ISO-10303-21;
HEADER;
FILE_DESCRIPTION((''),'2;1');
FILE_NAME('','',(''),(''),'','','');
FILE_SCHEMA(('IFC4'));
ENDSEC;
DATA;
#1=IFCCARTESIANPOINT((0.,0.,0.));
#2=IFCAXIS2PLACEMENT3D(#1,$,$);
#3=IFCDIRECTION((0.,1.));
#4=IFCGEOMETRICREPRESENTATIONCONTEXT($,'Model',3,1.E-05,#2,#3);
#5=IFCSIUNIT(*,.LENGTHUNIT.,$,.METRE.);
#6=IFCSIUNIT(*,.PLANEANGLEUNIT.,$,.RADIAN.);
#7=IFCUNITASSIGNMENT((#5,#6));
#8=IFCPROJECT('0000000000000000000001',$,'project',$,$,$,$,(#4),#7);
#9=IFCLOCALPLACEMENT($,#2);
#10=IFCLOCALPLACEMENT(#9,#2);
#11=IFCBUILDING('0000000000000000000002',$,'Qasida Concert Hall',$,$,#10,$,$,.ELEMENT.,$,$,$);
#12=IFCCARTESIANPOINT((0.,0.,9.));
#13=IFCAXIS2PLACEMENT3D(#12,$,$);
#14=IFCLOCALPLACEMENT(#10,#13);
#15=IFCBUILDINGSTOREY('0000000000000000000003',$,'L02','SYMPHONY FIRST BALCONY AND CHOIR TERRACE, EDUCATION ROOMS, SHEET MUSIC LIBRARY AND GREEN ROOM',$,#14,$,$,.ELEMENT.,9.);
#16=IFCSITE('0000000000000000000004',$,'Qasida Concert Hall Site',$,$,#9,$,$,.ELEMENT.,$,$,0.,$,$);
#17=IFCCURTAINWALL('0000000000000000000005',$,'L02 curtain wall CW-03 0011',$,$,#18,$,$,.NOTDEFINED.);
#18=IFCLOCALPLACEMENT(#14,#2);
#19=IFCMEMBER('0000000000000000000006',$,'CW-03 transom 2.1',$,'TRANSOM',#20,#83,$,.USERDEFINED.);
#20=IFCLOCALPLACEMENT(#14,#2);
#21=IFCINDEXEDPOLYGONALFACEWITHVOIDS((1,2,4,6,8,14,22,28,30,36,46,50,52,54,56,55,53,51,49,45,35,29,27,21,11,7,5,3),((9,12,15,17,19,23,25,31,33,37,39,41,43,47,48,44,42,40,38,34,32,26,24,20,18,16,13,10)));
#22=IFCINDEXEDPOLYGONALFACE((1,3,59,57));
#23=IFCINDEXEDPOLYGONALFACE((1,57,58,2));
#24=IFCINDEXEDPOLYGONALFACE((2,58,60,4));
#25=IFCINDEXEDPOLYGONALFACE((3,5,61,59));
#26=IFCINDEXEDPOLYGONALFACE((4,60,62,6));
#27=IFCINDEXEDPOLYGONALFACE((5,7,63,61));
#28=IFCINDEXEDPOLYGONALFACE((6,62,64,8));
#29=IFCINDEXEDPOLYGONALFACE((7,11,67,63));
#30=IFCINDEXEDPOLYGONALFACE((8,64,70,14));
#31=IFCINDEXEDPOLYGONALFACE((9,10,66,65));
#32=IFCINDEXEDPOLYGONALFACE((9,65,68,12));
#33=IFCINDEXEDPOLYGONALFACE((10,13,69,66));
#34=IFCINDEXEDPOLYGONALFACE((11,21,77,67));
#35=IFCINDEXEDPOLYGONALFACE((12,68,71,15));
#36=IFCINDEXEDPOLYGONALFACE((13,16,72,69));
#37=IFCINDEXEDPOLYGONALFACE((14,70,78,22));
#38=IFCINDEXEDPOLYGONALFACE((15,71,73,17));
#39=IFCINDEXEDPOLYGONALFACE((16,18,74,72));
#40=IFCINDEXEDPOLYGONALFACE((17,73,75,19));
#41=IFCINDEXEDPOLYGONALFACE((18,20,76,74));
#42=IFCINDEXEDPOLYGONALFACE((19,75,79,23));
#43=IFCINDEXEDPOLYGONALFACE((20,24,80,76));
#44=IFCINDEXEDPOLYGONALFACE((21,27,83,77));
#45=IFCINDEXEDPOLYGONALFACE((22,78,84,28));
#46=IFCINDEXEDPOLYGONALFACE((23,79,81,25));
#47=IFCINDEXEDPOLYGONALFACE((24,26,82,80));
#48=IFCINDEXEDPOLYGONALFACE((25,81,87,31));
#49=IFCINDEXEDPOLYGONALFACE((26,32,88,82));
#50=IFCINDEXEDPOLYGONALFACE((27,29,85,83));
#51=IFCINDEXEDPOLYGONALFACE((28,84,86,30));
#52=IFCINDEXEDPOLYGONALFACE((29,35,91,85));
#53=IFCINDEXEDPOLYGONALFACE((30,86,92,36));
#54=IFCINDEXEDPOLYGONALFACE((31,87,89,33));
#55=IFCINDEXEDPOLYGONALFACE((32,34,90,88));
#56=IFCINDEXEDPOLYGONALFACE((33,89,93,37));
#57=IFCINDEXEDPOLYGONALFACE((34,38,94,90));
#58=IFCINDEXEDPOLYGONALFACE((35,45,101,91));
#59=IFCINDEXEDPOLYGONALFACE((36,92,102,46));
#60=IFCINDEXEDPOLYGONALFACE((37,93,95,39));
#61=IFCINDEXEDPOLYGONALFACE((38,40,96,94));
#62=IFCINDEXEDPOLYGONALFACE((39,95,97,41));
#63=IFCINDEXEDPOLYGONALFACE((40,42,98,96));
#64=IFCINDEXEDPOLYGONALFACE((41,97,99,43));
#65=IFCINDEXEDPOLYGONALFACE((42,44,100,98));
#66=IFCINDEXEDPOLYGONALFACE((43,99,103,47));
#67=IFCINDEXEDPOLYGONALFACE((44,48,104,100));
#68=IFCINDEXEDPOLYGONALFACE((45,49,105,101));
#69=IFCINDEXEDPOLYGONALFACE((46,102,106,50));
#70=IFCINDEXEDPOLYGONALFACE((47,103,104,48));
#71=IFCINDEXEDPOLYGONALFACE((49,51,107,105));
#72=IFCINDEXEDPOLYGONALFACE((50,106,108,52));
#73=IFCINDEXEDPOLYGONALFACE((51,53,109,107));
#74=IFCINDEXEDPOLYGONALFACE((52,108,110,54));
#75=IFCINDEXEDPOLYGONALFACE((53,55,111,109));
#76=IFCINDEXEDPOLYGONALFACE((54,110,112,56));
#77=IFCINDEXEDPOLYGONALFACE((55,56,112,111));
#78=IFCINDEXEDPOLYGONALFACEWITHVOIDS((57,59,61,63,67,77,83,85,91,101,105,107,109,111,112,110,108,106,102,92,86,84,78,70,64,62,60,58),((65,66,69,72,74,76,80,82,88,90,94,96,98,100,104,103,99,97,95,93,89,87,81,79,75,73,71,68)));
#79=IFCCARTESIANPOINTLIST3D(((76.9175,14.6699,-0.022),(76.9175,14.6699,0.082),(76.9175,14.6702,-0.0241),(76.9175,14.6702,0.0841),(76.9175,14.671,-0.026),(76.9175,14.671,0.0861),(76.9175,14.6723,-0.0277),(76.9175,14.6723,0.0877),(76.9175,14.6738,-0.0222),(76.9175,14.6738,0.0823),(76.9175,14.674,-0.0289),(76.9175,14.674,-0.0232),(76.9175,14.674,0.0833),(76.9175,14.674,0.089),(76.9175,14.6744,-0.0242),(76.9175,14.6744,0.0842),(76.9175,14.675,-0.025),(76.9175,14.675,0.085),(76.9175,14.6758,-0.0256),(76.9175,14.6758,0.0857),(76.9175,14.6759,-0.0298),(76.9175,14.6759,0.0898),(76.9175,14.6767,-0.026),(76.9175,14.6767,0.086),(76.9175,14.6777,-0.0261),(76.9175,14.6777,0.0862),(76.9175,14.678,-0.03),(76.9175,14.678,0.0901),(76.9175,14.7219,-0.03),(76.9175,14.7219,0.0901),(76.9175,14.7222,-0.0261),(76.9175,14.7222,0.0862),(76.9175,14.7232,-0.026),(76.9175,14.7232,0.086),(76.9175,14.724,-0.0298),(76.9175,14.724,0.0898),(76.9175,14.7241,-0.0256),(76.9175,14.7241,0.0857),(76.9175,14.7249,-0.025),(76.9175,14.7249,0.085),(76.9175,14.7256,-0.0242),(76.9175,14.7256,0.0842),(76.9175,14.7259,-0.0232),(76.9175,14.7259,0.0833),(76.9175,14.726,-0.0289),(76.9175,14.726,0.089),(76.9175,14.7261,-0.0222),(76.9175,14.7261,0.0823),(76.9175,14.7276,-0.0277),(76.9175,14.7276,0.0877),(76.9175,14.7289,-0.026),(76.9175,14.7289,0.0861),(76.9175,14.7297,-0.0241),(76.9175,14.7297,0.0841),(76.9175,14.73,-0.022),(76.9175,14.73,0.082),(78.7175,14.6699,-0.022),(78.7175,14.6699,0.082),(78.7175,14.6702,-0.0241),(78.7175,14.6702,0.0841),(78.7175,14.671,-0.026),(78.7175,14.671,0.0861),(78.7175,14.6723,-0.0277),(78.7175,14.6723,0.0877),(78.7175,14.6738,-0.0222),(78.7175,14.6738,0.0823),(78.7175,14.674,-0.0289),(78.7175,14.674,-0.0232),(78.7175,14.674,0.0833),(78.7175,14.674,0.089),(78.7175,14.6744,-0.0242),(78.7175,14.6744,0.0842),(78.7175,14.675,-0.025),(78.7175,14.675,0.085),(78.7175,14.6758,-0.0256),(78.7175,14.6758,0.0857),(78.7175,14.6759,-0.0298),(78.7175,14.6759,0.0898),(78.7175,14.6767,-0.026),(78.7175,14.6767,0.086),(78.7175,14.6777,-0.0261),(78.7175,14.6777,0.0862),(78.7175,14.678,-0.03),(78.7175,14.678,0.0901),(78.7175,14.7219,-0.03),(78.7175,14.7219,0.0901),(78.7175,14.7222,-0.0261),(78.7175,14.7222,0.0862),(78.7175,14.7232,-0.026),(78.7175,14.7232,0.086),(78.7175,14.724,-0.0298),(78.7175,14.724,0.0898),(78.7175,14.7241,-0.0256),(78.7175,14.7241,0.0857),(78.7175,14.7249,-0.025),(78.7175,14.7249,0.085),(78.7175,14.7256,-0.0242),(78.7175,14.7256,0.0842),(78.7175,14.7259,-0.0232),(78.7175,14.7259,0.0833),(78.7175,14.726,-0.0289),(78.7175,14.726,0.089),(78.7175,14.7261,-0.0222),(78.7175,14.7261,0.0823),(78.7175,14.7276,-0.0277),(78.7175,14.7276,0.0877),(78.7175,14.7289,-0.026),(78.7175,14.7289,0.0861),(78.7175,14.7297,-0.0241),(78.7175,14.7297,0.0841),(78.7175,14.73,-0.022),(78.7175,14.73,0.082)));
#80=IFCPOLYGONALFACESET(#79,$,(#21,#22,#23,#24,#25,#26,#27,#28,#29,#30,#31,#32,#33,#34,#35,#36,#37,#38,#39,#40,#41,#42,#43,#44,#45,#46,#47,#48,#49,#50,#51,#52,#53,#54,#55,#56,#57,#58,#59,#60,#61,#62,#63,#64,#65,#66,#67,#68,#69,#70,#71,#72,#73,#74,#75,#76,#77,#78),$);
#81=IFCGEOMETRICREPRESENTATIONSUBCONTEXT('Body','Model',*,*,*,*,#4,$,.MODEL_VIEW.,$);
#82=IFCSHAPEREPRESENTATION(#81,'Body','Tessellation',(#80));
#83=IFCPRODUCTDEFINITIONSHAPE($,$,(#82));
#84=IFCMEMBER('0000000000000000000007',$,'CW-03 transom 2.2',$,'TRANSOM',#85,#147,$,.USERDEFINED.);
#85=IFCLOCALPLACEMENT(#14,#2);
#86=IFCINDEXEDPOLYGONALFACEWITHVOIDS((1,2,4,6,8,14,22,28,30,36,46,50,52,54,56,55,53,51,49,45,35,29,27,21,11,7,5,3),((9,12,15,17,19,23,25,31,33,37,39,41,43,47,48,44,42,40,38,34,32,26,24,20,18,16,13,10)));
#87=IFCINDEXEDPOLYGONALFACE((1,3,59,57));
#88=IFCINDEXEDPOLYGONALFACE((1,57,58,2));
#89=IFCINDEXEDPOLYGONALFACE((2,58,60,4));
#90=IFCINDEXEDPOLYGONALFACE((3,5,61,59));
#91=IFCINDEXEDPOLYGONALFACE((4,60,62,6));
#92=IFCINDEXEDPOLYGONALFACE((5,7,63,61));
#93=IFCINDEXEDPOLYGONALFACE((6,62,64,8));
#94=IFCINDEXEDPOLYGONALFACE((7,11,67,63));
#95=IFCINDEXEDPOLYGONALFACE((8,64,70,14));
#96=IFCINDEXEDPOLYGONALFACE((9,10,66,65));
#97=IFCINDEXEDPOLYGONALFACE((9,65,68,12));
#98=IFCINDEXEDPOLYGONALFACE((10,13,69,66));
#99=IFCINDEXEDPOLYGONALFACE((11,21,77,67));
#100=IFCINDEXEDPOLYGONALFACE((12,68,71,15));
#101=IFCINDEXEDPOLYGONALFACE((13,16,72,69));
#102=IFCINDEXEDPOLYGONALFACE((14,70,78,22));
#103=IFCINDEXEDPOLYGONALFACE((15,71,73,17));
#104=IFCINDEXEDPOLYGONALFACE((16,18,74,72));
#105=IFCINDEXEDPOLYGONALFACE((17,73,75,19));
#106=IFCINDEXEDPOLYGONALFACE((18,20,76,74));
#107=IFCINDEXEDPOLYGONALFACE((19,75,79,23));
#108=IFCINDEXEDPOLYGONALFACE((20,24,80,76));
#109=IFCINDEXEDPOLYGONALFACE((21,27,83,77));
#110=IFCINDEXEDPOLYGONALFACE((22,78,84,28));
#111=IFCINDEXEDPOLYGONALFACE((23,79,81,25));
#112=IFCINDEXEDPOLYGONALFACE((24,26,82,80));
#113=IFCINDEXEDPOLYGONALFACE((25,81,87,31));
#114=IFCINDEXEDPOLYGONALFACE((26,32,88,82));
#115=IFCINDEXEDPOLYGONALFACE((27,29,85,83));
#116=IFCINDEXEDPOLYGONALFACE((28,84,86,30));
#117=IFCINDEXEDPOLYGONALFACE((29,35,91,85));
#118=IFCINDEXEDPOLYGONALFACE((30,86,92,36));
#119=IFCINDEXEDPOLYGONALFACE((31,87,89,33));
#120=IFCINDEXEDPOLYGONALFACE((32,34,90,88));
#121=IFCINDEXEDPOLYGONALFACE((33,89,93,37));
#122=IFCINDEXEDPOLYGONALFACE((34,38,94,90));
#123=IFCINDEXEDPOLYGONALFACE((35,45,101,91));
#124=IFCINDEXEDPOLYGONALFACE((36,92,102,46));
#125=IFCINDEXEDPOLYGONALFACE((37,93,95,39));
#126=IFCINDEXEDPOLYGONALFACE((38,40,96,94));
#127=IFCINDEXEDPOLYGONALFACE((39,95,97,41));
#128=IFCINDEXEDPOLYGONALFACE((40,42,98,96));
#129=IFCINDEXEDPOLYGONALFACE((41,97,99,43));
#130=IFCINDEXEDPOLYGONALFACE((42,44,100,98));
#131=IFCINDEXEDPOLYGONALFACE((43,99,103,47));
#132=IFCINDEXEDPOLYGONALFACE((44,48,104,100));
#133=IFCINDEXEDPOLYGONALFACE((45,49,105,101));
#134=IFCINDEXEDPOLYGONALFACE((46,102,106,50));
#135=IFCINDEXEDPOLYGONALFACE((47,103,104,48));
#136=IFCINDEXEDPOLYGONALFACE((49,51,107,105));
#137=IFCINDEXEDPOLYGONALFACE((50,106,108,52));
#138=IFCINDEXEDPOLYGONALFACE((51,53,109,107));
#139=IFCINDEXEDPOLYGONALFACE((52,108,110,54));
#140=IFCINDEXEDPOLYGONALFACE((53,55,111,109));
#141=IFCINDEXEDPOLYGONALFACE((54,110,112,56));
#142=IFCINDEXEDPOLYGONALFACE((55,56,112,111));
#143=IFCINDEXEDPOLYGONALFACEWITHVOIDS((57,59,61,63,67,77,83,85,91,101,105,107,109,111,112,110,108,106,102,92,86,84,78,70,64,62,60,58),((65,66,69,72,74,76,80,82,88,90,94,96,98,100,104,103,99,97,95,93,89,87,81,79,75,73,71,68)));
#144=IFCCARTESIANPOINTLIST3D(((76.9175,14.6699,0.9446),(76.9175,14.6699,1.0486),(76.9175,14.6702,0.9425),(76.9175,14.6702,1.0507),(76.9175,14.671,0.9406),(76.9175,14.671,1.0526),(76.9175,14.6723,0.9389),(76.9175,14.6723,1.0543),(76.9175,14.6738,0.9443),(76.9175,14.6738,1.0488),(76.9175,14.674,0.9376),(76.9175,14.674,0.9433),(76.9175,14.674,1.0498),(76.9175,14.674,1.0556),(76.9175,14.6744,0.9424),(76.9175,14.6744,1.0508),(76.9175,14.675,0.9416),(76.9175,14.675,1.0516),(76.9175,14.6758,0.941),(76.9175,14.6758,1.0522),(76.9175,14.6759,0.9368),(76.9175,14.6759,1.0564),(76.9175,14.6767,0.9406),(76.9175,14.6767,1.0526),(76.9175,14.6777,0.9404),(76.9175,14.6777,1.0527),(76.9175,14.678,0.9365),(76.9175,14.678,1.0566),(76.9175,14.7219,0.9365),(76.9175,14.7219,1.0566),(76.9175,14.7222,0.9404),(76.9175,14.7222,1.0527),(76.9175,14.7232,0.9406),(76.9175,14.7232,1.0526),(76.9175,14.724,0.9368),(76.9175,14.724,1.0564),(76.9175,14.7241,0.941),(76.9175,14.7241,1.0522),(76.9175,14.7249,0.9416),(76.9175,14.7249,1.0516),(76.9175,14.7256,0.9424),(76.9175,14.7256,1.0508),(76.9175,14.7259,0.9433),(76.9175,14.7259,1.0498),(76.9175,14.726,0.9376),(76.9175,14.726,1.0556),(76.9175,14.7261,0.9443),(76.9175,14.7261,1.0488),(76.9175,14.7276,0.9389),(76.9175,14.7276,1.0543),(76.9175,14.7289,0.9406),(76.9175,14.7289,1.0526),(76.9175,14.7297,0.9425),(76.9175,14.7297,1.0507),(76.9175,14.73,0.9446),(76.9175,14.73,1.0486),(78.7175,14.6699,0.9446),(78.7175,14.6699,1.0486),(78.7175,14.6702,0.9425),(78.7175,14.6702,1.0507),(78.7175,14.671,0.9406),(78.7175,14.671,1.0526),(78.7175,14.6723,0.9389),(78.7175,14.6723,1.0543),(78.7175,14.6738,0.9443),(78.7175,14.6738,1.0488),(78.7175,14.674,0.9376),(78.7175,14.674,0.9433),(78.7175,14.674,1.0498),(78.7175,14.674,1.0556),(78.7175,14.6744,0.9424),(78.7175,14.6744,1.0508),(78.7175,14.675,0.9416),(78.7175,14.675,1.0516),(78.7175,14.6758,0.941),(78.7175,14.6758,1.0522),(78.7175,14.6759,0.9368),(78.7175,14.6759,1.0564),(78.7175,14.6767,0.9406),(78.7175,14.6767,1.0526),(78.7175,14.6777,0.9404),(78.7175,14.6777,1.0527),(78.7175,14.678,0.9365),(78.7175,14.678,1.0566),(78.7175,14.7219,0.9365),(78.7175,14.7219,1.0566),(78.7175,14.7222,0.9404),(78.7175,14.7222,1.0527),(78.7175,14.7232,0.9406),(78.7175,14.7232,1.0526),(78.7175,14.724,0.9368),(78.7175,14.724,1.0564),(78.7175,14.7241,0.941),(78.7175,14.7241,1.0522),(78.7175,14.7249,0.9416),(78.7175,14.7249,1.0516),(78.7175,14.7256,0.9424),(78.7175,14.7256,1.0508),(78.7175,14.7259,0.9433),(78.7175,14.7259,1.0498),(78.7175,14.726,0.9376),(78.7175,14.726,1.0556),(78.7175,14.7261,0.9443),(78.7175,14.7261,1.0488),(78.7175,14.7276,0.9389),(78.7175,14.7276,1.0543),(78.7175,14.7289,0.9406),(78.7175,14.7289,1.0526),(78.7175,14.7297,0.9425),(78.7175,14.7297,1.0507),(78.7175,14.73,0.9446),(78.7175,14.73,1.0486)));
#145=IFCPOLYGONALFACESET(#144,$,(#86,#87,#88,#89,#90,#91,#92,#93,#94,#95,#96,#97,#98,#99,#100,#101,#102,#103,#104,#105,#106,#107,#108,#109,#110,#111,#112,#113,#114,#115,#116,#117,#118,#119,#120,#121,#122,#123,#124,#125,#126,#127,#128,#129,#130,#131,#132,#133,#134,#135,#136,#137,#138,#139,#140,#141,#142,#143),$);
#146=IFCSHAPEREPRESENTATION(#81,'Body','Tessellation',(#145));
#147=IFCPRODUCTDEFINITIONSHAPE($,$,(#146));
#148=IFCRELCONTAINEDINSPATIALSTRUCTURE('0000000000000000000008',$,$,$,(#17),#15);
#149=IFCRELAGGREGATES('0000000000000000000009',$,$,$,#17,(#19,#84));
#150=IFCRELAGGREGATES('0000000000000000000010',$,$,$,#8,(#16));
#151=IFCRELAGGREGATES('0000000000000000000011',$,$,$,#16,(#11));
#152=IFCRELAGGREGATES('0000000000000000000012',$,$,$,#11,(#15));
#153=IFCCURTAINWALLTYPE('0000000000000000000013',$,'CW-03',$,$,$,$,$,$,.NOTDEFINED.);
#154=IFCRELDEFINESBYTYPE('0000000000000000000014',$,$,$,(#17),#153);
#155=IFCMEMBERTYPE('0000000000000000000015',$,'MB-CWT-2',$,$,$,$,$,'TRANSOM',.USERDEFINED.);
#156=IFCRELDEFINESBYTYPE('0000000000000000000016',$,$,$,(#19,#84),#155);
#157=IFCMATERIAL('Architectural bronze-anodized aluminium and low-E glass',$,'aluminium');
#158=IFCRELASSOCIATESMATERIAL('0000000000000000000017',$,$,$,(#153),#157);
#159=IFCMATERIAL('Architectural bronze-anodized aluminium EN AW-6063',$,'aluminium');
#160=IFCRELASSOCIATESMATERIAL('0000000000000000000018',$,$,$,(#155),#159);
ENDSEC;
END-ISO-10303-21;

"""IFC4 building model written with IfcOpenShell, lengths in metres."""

from ifc_helpers import new_model, si_unit, direction, frame, origin, origin_2d, place, context, subcontext, project, spatial, hollow_rectangle, extrude, material, material_profile, profile_set, type_object, element, aggregate, save


model = new_model("IFC4")

# Units and contexts
model_context = context("Model", 3, precision=1e-05, world=origin(), true_north=direction((0.0, 1.0)))
body_context = subcontext(model_context, "Body", "Model", "MODEL_VIEW")
ifc_project = project(units=[si_unit("LENGTHUNIT", "METRE"), si_unit("PLANEANGLEUNIT", "RADIAN")], contexts=[model_context])

# Site, building, storey
site_placement = place(None, origin())
site = spatial("IfcSite", under=ifc_project, at=site_placement, Name="Qasida Concert Hall Site", CompositionType="ELEMENT", RefElevation=0.0)
building_placement = place(site_placement, origin())
building = spatial("IfcBuilding", under=site, at=building_placement, Name="Qasida Concert Hall", CompositionType="ELEMENT")
storey_placement = place(building_placement, frame((0.0, 0.0, 9.0)))
storey = spatial("IfcBuildingStorey", under=building, at=storey_placement, Name="L02", Description="SYMPHONY FIRST BALCONY AND CHOIR TERRACE, EDUCATION ROOMS, SHEET MUSIC LIBRARY AND GREEN ROOM", CompositionType="ELEMENT", Elevation=9.0)

# Curtain wall, members
ifc_material_1 = material(Name="Architectural bronze-anodized aluminium and low-E glass", Category="aluminium")
curtain_wall_type = type_object("IfcCurtainWallType", Name="CW-03", PredefinedType="NOTDEFINED", material=ifc_material_1)
curtain_wall_placement = place(storey_placement, origin())
curtain_wall = element("IfcCurtainWall", 1, at=curtain_wall_placement, inside=storey, type_object=curtain_wall_type, Name="L02 curtain wall CW-03 0011", PredefinedType="NOTDEFINED")
ifc_material_2 = material(Name="Architectural bronze-anodized aluminium EN AW-6063", Category="aluminium")
ifc_material_profile_1 = material_profile(ifc_material_2, hollow_rectangle(XDim=0.0601, YDim=0.1201, WallThickness=0.0039, InnerFilletRadius=0.0039, OuterFilletRadius=0.0081, at=origin_2d()), Name="CWT 120x60x4")
ifc_profile_set_1 = profile_set([ifc_material_profile_1], Name="Architectural bronze-anodized aluminium EN AW-6063")
member_type_1 = type_object("IfcMemberType", Name="MB-CWT-2", ElementType="TRANSOM", PredefinedType="USERDEFINED", material=ifc_profile_set_1)
member_1_placement = place(storey_placement, frame((76.9175, 14.7, 0.03), z_axis=(1.0, 0.0, 0.0), x_axis=(0.0, 1.0, 0.0)))
member_1 = element("IfcMember", 2, at=member_1_placement, type_object=member_type_1, Name="CW-03 transom 2.1", ObjectType="TRANSOM", PredefinedType="USERDEFINED", context=body_context, shape_type="SweptSolid", body=[
    extrude(hollow_rectangle(XDim=0.0601, YDim=0.1201, WallThickness=0.0039, InnerFilletRadius=0.0039, OuterFilletRadius=0.0081, at=origin_2d()), origin(), (0.0, 0.0, 1.0), 1.8),
])
member_2_placement = place(storey_placement, frame((76.9175, 14.7, 0.9966), z_axis=(1.0, 0.0, 0.0), x_axis=(0.0, 1.0, 0.0)))
member_2 = element("IfcMember", 3, at=member_2_placement, type_object=member_type_1, Name="CW-03 transom 2.2", ObjectType="TRANSOM", PredefinedType="USERDEFINED", context=body_context, shape_type="SweptSolid", body=[
    extrude(hollow_rectangle(XDim=0.0601, YDim=0.1201, WallThickness=0.0039, InnerFilletRadius=0.0039, OuterFilletRadius=0.0081, at=origin_2d()), origin(), (0.0, 0.0, 1.0), 1.8),
])
aggregate(curtain_wall, [member_1, member_2])

save(model, "model.ifc")
